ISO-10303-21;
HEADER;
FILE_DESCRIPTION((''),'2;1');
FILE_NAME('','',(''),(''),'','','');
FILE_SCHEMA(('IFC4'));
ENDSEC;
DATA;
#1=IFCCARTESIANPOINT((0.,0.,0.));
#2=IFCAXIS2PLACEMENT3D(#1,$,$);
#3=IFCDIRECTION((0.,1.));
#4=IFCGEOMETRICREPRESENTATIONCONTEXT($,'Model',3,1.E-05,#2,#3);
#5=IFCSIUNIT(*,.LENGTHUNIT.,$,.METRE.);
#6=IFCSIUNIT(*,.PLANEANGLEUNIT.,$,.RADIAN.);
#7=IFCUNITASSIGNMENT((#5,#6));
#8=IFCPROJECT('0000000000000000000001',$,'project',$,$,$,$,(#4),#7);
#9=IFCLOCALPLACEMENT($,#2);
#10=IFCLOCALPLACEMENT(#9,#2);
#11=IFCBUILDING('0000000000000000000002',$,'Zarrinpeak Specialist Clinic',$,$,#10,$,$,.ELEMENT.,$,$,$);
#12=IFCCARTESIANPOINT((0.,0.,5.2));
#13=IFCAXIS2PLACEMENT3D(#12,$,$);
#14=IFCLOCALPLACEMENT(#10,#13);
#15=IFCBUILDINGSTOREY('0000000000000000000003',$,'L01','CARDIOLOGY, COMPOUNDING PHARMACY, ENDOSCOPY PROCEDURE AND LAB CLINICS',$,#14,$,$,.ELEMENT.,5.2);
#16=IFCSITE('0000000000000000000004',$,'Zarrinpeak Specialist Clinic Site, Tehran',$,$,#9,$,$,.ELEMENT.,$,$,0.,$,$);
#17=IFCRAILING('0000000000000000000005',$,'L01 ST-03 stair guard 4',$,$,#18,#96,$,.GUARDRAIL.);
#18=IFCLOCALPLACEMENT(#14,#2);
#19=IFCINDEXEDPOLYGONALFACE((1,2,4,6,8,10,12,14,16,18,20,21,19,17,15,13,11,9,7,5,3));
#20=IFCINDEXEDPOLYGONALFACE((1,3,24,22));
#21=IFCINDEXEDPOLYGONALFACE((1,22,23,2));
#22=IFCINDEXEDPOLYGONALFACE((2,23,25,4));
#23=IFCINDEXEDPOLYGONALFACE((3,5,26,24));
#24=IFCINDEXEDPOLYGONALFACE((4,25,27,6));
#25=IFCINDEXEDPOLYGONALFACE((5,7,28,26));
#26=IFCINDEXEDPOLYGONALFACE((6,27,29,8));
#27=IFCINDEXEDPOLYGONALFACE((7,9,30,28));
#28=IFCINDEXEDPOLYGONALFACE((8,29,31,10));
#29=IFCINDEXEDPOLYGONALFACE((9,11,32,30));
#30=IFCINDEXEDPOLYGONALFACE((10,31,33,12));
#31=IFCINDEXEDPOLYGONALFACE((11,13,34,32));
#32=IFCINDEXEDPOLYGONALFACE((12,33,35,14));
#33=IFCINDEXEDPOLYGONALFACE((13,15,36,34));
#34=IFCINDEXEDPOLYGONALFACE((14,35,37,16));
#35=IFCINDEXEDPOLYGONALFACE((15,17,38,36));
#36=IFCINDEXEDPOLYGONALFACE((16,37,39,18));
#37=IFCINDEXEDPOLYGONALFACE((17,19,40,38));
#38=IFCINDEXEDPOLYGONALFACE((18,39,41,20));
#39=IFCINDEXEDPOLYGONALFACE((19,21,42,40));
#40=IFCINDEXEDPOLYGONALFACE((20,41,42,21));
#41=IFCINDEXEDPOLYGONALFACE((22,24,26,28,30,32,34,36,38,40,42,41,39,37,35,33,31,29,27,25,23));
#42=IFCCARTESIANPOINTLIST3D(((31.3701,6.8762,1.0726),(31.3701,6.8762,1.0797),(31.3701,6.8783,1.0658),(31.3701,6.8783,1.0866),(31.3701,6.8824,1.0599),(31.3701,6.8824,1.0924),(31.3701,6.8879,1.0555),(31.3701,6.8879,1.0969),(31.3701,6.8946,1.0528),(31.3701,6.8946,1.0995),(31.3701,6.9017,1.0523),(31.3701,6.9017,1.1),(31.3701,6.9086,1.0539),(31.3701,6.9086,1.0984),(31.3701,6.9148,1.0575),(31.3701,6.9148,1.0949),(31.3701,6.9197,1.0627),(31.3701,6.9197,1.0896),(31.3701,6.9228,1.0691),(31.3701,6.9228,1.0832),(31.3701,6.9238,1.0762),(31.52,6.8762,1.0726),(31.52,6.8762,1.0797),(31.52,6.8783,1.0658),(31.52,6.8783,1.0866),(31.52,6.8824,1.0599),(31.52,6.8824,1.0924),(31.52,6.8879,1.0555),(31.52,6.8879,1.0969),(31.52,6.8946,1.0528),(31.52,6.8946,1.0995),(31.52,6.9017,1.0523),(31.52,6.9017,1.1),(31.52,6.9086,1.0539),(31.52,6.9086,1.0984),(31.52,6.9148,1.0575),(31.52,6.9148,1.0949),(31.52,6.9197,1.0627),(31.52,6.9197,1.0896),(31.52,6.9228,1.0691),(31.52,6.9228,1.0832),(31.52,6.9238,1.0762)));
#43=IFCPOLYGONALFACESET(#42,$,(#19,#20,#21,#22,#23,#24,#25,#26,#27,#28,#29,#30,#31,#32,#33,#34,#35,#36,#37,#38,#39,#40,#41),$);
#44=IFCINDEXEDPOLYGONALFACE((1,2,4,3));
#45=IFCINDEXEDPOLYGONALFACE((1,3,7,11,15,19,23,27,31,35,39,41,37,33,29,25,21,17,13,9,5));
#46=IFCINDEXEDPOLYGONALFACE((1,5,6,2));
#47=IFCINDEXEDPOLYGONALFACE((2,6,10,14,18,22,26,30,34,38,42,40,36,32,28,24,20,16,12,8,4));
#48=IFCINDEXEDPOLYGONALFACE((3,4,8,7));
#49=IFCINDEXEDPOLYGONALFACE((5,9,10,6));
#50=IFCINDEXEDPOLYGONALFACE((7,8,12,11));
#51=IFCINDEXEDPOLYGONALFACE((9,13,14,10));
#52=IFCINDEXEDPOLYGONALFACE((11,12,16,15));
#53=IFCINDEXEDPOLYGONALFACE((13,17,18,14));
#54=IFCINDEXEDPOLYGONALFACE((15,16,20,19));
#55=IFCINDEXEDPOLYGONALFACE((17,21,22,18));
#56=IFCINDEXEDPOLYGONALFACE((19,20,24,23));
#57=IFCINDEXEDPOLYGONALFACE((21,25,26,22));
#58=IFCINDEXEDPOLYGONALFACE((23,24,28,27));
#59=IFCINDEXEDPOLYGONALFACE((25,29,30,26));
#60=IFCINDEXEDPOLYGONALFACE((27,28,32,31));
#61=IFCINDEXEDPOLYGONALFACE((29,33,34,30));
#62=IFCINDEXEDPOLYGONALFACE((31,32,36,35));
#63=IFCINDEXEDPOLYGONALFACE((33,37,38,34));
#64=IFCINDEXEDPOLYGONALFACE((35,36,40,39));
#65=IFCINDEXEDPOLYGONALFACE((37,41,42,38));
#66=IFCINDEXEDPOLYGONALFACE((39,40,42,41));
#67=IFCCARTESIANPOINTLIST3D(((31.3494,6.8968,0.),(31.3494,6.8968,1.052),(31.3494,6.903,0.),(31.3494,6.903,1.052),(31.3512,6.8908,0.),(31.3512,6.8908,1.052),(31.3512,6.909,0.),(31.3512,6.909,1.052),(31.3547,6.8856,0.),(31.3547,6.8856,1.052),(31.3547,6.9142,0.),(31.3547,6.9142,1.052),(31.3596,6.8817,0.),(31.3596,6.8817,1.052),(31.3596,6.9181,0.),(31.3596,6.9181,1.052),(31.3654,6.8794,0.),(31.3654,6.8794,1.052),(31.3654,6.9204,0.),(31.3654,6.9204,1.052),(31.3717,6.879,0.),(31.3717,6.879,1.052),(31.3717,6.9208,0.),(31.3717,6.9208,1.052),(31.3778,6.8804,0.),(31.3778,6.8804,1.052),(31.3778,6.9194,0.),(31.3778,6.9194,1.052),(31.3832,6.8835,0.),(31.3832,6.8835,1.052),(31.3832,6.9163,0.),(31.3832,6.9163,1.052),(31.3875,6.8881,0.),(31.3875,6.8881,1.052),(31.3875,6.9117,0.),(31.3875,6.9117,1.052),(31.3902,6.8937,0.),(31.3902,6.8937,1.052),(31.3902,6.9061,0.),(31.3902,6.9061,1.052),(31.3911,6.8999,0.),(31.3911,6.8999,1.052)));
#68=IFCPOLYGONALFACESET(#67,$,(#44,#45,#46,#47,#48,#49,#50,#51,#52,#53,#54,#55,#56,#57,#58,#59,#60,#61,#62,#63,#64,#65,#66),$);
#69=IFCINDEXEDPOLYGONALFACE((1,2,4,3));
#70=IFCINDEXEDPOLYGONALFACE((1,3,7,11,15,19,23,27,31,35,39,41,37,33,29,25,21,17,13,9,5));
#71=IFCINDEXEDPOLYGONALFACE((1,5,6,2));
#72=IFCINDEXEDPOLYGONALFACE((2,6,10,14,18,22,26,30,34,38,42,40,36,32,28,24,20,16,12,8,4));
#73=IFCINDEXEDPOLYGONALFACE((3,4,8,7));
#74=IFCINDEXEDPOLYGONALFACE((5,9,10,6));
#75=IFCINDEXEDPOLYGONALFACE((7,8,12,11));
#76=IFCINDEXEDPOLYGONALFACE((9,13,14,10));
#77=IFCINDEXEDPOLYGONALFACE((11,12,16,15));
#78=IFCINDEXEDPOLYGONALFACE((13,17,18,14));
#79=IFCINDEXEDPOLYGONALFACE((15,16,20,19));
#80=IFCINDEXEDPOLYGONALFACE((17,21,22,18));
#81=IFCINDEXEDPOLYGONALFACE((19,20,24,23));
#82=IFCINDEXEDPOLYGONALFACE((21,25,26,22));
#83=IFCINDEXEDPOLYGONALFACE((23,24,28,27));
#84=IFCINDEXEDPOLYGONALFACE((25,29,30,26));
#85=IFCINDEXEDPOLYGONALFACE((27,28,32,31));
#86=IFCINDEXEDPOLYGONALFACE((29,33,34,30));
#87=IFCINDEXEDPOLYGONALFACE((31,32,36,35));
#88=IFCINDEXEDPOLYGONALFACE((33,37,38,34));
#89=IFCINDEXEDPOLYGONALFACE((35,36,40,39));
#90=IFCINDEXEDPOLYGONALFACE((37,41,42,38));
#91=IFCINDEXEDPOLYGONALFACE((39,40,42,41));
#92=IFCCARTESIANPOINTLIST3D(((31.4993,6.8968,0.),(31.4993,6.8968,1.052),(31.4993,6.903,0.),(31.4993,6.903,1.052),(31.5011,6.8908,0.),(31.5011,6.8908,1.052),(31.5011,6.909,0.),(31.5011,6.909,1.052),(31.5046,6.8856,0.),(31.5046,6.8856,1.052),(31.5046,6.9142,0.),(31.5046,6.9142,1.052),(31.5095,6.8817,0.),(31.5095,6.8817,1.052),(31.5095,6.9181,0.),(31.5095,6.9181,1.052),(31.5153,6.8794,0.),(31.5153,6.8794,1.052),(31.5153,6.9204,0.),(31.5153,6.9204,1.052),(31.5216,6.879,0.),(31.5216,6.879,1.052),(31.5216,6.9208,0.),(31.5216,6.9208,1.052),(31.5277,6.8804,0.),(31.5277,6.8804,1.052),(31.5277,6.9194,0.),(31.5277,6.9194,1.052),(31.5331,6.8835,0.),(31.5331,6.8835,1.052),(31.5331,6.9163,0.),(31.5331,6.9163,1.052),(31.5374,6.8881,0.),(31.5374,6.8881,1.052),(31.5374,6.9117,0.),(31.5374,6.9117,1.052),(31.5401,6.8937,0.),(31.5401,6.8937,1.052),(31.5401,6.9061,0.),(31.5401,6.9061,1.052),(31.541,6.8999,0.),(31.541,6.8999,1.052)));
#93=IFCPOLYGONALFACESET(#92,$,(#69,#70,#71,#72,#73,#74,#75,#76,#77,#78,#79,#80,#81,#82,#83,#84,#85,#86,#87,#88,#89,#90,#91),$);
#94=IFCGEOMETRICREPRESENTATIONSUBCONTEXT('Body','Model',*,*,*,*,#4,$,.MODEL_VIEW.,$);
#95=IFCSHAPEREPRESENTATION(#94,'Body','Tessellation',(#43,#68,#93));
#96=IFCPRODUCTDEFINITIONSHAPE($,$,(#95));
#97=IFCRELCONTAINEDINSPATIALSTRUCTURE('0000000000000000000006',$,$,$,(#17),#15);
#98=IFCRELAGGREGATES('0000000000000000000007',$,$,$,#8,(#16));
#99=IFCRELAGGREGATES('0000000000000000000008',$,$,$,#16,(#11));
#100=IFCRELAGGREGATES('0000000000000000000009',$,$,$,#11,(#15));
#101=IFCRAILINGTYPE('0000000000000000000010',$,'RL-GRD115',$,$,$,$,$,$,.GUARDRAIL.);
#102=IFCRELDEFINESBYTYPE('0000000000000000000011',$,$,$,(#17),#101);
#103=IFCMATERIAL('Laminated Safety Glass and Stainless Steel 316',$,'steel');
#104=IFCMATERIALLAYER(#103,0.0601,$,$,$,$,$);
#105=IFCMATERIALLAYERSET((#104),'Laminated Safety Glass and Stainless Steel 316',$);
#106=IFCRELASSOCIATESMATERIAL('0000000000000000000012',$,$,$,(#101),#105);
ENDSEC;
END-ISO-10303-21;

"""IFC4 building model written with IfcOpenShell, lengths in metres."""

from ifc_helpers import new_model, si_unit, direction, frame, origin, origin_2d, place, context, subcontext, project, spatial, circle, extrude, material, layer, layer_set, type_object, element, save


model = new_model("IFC4")

# Units and contexts
model_context = context("Model", 3, precision=1e-05, world=origin(), true_north=direction((0.0, 1.0)))
body_context = subcontext(model_context, "Body", "Model", "MODEL_VIEW")
ifc_project = project(units=[si_unit("LENGTHUNIT", "METRE"), si_unit("PLANEANGLEUNIT", "RADIAN")], contexts=[model_context])

# Site, building, storey
site_placement = place(None, origin())
site = spatial("IfcSite", under=ifc_project, at=site_placement, Name="Zarrinpeak Specialist Clinic Site, Tehran", CompositionType="ELEMENT", RefElevation=0.0)
building_placement = place(site_placement, origin())
building = spatial("IfcBuilding", under=site, at=building_placement, Name="Zarrinpeak Specialist Clinic", CompositionType="ELEMENT")
storey_placement = place(building_placement, frame((0.0, 0.0, 5.2)))
storey = spatial("IfcBuildingStorey", under=building, at=storey_placement, Name="L01", Description="CARDIOLOGY, COMPOUNDING PHARMACY, ENDOSCOPY PROCEDURE AND LAB CLINICS", CompositionType="ELEMENT", Elevation=5.2)

# Railing
ifc_material_1 = material(Name="Laminated Safety Glass and Stainless Steel 316", Category="steel")
ifc_layer_1 = layer(ifc_material_1, 0.0601)
ifc_layer_set_1 = layer_set([ifc_layer_1], Name="Laminated Safety Glass and Stainless Steel 316")
railing_type_1 = type_object("IfcRailingType", Name="RL-GRD115", PredefinedType="GUARDRAIL", material=ifc_layer_set_1)
railing_1_placement = place(storey_placement, frame((31.3701, 6.8999, 0.0)))
element("IfcRailing", 1, at=railing_1_placement, inside=storey, type_object=railing_type_1, Name="L01 ST-03 stair guard 4", PredefinedType="GUARDRAIL", context=body_context, shape_type="SweptSolid", body=[
    extrude(circle(Radius=0.0239, at=origin_2d()), frame((0.0, 0.0, 1.0762), z_axis=(1.0, 0.0, 0.0), x_axis=(0.0, 1.0, 0.0)), (0.0, 0.0, 1.0), 0.1499),
    extrude(circle(Radius=0.021, at=origin_2d()), origin(), (0.0, 0.0, 1.0), 1.052),
    extrude(circle(Radius=0.021, at=origin_2d()), frame((0.1499, 0.0, 0.0)), (0.0, 0.0, 1.0), 1.052),
])

save(model, "model.ifc")
